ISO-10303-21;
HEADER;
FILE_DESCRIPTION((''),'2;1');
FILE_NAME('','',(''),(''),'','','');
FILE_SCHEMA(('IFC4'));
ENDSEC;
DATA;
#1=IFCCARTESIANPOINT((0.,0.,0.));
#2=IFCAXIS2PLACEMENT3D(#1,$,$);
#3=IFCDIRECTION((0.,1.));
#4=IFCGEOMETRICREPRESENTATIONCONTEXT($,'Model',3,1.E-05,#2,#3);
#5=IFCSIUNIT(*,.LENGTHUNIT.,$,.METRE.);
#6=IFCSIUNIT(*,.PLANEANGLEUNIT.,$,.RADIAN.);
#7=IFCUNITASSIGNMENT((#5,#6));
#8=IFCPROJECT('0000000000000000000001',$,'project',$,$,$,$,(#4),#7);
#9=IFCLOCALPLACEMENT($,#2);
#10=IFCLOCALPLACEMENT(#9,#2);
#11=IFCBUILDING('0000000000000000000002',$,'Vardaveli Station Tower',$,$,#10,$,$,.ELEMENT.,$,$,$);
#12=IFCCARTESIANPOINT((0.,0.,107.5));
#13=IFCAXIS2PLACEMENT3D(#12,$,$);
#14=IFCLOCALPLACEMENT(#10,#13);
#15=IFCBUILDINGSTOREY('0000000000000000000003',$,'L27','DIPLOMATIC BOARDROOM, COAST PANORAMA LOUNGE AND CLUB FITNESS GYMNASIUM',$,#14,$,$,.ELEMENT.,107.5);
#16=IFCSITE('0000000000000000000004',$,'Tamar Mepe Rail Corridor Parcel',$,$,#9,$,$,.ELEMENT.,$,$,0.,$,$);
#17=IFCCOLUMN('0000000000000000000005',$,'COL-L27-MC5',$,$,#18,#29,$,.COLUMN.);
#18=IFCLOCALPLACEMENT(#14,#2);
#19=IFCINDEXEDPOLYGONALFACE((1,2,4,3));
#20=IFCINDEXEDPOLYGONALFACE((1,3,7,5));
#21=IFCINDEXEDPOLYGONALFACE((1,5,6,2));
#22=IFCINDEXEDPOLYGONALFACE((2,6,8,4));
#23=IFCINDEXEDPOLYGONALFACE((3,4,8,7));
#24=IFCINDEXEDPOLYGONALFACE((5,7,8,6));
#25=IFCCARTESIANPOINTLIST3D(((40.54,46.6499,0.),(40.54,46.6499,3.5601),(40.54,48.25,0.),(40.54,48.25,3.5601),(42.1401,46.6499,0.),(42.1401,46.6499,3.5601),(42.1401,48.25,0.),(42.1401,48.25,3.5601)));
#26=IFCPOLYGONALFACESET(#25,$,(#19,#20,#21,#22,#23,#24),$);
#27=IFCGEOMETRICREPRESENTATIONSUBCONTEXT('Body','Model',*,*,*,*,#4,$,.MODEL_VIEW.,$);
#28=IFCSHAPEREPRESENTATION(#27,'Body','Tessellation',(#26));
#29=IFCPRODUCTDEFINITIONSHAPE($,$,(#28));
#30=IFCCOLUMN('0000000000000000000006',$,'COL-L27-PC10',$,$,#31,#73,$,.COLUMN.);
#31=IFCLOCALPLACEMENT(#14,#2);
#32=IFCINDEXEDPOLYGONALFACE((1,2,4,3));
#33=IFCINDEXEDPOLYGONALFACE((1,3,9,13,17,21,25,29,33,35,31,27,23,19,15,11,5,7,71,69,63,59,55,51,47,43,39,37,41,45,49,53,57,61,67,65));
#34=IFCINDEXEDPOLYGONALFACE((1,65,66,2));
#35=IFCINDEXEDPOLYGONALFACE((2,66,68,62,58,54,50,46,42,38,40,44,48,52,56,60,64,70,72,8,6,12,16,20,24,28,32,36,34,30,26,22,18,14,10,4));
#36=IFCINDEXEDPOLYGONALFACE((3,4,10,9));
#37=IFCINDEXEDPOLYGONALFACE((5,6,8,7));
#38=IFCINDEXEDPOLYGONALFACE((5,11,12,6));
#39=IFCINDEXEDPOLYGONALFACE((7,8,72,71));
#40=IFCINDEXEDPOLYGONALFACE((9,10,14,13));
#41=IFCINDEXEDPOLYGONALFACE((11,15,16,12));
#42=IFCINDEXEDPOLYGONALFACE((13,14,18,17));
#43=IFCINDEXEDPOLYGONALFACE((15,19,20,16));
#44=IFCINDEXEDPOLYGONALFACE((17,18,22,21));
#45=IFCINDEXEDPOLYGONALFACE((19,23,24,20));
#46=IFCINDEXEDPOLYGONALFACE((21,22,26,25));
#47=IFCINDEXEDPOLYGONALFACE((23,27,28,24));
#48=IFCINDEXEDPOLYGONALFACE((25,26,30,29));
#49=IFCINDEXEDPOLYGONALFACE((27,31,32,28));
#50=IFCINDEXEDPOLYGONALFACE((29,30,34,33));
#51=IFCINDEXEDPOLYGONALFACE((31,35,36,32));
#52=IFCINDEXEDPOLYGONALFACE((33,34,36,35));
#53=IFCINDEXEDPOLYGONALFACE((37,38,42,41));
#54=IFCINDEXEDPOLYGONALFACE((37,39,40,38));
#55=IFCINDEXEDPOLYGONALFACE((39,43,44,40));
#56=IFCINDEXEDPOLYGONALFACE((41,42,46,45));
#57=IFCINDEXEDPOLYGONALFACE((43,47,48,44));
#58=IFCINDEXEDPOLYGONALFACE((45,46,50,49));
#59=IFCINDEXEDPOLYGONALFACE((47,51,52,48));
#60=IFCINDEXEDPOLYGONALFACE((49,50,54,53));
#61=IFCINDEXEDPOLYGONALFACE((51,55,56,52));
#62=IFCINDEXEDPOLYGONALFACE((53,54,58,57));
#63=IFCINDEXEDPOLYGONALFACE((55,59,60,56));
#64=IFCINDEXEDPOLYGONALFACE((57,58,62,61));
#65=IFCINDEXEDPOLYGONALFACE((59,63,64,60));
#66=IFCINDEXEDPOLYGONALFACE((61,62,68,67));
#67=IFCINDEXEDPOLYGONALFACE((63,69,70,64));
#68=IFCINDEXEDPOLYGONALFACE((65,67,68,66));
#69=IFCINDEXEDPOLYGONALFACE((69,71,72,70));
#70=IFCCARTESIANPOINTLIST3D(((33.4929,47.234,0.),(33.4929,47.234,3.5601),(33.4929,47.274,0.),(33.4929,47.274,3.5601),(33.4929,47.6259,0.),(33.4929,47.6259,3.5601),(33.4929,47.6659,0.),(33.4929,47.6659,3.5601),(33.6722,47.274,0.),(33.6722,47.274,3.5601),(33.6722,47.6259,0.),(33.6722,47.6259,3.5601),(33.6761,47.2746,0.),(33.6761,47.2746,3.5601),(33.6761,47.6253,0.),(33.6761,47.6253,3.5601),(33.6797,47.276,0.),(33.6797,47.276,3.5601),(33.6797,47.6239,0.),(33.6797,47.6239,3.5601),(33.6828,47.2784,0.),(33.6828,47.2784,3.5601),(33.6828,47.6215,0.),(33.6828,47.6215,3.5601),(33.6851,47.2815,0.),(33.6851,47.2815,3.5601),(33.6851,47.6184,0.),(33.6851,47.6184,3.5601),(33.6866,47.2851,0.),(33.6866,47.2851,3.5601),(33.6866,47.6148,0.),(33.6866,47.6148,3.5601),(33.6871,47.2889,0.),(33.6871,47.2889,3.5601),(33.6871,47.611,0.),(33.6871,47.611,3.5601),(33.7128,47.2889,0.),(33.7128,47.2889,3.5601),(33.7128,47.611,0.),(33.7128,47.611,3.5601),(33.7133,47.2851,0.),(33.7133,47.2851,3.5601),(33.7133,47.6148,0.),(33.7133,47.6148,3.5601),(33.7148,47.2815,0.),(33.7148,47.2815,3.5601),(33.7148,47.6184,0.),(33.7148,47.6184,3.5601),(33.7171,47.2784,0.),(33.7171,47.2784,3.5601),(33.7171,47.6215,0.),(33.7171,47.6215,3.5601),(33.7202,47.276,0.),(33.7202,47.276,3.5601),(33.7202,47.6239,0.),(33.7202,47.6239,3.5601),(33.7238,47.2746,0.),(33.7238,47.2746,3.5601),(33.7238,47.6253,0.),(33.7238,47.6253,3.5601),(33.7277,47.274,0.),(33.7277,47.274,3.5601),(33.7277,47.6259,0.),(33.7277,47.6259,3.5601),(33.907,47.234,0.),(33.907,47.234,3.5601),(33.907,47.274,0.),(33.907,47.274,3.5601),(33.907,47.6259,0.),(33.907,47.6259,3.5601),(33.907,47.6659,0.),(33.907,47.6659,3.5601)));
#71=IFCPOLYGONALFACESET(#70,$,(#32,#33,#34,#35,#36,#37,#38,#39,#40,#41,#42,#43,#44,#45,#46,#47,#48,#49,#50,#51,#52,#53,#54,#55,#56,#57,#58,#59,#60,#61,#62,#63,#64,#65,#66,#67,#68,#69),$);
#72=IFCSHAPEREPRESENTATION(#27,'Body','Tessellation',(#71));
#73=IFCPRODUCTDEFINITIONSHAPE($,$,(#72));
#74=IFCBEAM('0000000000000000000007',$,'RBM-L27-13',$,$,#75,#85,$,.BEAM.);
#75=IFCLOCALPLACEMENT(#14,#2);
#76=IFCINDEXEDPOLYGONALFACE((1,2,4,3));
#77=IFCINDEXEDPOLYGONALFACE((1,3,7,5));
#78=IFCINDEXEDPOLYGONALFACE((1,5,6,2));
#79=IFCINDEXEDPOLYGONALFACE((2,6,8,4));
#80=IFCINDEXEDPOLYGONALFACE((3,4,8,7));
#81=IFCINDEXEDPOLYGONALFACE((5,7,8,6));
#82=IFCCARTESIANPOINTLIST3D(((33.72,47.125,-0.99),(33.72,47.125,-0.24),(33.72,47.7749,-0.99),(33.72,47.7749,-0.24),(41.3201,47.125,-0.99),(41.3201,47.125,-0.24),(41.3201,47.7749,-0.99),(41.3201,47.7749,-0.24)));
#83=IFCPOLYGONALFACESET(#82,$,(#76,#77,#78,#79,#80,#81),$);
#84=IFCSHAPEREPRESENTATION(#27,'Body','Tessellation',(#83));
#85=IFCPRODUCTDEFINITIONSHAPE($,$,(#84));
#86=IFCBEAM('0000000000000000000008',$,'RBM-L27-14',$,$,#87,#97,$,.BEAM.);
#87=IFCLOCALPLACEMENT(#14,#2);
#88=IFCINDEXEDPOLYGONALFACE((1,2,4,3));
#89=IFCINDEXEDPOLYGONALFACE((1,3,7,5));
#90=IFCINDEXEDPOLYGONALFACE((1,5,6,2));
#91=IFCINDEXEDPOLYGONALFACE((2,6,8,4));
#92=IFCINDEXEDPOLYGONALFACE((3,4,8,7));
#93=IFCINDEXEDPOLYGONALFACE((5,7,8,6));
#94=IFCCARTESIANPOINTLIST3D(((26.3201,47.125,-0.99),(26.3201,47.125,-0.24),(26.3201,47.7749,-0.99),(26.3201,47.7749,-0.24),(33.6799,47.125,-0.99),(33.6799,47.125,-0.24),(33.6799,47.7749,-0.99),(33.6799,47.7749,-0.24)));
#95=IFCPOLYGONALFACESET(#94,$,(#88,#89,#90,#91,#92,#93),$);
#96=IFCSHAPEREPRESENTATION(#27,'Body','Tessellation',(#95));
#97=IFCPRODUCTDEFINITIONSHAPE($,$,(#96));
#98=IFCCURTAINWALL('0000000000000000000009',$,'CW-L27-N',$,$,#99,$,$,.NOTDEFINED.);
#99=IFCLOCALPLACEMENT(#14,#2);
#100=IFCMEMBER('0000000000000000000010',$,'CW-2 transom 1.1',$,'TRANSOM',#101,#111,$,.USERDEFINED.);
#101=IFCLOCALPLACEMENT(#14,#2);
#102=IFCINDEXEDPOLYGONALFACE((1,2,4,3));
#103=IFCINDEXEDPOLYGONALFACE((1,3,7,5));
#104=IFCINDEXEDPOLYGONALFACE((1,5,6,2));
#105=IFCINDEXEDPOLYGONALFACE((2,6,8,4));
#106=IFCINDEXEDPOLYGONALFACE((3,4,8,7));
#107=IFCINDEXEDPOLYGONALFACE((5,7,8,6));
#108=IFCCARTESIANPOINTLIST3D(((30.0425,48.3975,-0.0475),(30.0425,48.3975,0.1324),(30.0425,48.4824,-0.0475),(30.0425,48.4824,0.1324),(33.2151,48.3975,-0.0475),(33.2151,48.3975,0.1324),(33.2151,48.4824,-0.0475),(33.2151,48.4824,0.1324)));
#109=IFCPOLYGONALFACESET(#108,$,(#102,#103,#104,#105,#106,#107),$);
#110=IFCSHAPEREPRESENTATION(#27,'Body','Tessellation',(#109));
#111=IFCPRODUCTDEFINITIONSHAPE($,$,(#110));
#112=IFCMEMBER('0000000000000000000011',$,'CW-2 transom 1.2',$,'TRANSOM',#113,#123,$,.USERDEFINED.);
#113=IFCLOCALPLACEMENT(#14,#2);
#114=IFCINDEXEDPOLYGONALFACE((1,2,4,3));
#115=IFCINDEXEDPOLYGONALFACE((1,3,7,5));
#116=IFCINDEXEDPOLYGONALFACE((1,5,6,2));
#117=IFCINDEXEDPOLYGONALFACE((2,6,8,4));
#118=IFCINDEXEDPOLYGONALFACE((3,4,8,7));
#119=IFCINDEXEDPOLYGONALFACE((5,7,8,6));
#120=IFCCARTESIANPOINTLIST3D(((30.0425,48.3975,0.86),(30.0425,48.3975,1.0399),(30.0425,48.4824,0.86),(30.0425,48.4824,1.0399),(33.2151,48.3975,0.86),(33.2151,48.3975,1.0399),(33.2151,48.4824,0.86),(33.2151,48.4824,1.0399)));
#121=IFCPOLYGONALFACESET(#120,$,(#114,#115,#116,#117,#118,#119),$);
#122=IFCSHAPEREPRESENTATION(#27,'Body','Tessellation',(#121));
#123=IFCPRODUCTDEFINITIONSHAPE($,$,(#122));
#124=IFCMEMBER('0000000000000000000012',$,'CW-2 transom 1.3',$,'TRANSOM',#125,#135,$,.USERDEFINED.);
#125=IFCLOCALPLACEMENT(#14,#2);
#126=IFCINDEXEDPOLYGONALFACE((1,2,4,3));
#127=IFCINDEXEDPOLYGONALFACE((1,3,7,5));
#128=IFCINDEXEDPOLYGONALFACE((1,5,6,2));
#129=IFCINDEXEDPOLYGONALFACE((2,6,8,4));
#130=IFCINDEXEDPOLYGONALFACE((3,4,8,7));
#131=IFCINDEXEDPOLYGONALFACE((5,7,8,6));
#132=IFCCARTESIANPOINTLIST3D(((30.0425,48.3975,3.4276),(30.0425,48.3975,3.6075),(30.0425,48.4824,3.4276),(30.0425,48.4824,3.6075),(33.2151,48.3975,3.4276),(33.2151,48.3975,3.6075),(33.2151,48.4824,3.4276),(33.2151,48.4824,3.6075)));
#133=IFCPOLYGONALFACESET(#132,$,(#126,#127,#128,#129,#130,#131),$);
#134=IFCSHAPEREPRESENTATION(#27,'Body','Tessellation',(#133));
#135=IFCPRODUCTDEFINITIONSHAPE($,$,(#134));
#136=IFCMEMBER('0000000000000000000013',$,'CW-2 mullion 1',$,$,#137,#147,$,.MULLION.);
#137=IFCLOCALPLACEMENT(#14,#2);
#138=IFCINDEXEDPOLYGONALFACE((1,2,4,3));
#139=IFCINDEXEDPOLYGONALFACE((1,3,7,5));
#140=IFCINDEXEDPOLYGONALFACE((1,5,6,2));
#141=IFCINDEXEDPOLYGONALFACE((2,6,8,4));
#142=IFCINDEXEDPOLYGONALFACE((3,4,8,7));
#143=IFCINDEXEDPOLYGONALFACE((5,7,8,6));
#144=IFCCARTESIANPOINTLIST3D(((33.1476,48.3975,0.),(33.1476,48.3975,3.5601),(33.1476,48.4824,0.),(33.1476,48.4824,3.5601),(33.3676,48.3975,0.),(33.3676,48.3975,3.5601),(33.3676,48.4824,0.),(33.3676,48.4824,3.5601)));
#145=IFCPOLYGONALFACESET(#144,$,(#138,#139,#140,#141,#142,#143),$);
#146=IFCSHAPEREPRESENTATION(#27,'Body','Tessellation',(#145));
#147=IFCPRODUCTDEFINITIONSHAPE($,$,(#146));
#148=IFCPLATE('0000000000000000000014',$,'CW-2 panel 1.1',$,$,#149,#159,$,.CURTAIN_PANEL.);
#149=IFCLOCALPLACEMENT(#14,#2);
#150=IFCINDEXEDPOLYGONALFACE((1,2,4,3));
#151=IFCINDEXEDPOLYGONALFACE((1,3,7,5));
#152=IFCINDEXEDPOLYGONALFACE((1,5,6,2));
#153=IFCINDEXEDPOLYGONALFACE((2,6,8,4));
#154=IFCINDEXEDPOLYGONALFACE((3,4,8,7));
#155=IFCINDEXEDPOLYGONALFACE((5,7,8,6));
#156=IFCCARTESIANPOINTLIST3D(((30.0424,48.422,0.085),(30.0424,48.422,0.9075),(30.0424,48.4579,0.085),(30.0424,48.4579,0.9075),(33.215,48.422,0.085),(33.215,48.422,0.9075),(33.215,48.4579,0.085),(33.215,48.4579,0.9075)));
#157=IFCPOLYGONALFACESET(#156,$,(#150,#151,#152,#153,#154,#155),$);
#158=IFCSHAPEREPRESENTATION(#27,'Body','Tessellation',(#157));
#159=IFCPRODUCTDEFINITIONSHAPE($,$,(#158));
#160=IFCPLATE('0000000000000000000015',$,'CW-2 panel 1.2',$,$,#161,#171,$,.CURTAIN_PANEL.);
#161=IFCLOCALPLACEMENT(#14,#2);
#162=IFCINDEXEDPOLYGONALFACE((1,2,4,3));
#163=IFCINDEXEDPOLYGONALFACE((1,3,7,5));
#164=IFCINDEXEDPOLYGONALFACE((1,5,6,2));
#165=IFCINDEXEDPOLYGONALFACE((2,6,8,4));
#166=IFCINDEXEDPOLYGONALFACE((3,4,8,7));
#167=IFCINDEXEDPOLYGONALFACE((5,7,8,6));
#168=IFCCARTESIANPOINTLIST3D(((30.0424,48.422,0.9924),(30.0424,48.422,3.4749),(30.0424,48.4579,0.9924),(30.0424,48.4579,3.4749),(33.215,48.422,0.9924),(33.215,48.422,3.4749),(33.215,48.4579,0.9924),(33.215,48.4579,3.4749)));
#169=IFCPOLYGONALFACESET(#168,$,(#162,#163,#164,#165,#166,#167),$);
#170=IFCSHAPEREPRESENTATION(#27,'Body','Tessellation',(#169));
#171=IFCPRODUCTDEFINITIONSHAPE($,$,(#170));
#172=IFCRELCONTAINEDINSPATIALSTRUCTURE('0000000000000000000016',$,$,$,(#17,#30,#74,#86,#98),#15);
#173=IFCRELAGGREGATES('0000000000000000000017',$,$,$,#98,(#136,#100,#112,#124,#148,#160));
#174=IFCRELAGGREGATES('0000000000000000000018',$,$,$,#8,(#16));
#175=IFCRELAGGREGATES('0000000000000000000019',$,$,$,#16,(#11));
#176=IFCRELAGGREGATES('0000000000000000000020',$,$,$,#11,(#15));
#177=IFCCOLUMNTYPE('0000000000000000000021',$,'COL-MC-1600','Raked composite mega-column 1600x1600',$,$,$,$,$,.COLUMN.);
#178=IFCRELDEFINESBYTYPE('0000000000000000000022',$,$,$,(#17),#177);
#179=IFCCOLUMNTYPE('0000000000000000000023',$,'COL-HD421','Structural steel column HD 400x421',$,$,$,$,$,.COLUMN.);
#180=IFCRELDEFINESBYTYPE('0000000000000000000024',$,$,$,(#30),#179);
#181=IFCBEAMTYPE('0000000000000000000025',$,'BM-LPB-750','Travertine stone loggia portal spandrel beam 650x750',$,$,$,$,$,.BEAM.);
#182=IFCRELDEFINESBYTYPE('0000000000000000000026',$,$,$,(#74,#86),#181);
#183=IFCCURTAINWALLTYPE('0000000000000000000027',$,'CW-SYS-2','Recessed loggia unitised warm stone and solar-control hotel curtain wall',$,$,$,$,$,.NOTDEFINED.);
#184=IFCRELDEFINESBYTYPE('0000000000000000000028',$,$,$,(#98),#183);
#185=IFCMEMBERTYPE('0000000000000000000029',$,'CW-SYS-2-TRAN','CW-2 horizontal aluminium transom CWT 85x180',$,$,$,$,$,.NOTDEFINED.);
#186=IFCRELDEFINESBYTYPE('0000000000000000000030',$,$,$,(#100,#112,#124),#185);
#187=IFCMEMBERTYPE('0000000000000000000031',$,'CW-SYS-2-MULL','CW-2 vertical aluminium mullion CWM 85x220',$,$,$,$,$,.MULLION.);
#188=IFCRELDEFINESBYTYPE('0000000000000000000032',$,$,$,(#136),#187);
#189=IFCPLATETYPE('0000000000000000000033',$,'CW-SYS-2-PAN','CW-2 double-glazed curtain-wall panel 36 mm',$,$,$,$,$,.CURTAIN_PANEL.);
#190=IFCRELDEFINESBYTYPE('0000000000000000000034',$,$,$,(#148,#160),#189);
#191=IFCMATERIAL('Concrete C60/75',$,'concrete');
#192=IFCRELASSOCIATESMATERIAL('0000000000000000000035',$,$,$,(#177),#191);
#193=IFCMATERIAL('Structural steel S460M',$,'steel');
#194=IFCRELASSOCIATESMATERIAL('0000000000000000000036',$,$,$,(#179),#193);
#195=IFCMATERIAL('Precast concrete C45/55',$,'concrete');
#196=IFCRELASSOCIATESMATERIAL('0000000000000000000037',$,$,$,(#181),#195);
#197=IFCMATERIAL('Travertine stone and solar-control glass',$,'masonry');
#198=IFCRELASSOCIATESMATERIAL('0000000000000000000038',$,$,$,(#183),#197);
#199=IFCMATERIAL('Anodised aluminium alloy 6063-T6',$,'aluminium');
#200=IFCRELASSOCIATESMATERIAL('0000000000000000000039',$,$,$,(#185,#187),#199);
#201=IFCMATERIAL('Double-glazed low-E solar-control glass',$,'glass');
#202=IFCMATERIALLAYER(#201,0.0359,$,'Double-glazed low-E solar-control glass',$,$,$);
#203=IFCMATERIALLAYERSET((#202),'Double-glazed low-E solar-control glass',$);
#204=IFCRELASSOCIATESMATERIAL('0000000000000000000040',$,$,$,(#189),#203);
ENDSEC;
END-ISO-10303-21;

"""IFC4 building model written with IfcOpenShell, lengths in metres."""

from ifc_helpers import new_model, si_unit, direction, frame, origin, origin_2d, place, context, subcontext, project, spatial, rectangle, i_section, extrude, source, transform, mapped, material, layer, layer_set, material_profile, profile_set, type_object, element, aggregate, save


model = new_model("IFC4")

# Units and contexts
model_context = context("Model", 3, precision=1e-05, world=origin(), true_north=direction((0.0, 1.0)))
body_context = subcontext(model_context, "Body", "Model", "MODEL_VIEW")
ifc_project = project(units=[si_unit("LENGTHUNIT", "METRE"), si_unit("PLANEANGLEUNIT", "RADIAN")], contexts=[model_context])

# Site, building, storey
site_placement = place(None, origin())
site = spatial("IfcSite", under=ifc_project, at=site_placement, Name="Tamar Mepe Rail Corridor Parcel", CompositionType="ELEMENT", RefElevation=0.0)
building_placement = place(site_placement, origin())
building = spatial("IfcBuilding", under=site, at=building_placement, Name="Vardaveli Station Tower", CompositionType="ELEMENT")
storey_placement = place(building_placement, frame((0.0, 0.0, 107.5)))
storey = spatial("IfcBuildingStorey", under=building, at=storey_placement, Name="L27", Description="DIPLOMATIC BOARDROOM, COAST PANORAMA LOUNGE AND CLUB FITNESS GYMNASIUM", CompositionType="ELEMENT", Elevation=107.5)

# Columns
ifc_material_1 = material(Name="Concrete C60/75", Category="concrete")
ifc_material_profile_1 = material_profile(ifc_material_1, rectangle(XDim=1.6001, YDim=1.6001, at=origin_2d()), Name="MC 1600x1600")
ifc_profile_set_1 = profile_set([ifc_material_profile_1], Name="Concrete C60/75")
column_type_1 = type_object("IfcColumnType", Name="COL-MC-1600", Description="Raked composite mega-column 1600x1600", PredefinedType="COLUMN", material=ifc_profile_set_1)
shared_shape_1 = source(origin(), body_context, "Body", "SweptSolid", [
    extrude(rectangle(XDim=1.6001, YDim=1.6001, at=origin_2d()), origin(), (0.0, 0.0, 1.0), 3.5601),
])
column_1_placement = place(storey_placement, frame((41.3401, 47.45, 0.0), z_axis=(0.0, 0.0, 1.0), x_axis=(1.0, 0.0, 0.0)))
element("IfcColumn", 1, at=column_1_placement, inside=storey, type_object=column_type_1, Name="COL-L27-MC5", PredefinedType="COLUMN", context=body_context, shape_type="MappedRepresentation", body=[
    mapped(shared_shape_1, transform((0.0, 0.0, 0.0), scale=1.0)),
])
ifc_material_2 = material(Name="Structural steel S460M", Category="steel")
ifc_material_profile_2 = material_profile(ifc_material_2, i_section(OverallWidth=0.4141, OverallDepth=0.4319, WebThickness=0.0256, FlangeThickness=0.04, FilletRadius=0.0149, at=origin_2d()), Name="HD 400x421")
ifc_profile_set_2 = profile_set([ifc_material_profile_2], Name="Structural steel S460M")
column_type_2 = type_object("IfcColumnType", Name="COL-HD421", Description="Structural steel column HD 400x421", PredefinedType="COLUMN", material=ifc_profile_set_2)
shared_shape_2 = source(origin(), body_context, "Body", "SweptSolid", [
    extrude(i_section(OverallWidth=0.4141, OverallDepth=0.4319, WebThickness=0.0256, FlangeThickness=0.04, FilletRadius=0.0149, at=origin_2d()), origin(), (0.0, 0.0, 1.0), 3.5601),
])
column_2_placement = place(storey_placement, frame((33.7, 47.45, 0.0), z_axis=(0.0, 0.0, 1.0), x_axis=(1.0, 0.0, 0.0)))
element("IfcColumn", 2, at=column_2_placement, inside=storey, type_object=column_type_2, Name="COL-L27-PC10", PredefinedType="COLUMN", context=body_context, shape_type="MappedRepresentation", body=[
    mapped(shared_shape_2, transform((0.0, 0.0, 0.0), scale=1.0)),
])

# Beams
ifc_material_3 = material(Name="Precast concrete C45/55", Category="concrete")
ifc_material_profile_3 = material_profile(ifc_material_3, rectangle(XDim=0.6499, YDim=0.75, at=origin_2d()), Name="LPB 650x750")
ifc_profile_set_3 = profile_set([ifc_material_profile_3], Name="Precast concrete C45/55")
beam_type = type_object("IfcBeamType", Name="BM-LPB-750", Description="Travertine stone loggia portal spandrel beam 650x750", PredefinedType="BEAM", material=ifc_profile_set_3)
shared_shape_3 = source(origin(), body_context, "Body", "SweptSolid", [
    extrude(rectangle(XDim=0.6499, YDim=0.75, at=origin_2d()), origin(), (0.0, 0.0, 1.0), 7.6001),
])
beam_1_placement = place(storey_placement, frame((41.3201, 47.45, -0.615), z_axis=(-1.0, 0.0, 0.0), x_axis=(0.0, -1.0, 0.0)))
element("IfcBeam", 3, at=beam_1_placement, inside=storey, type_object=beam_type, Name="RBM-L27-13", PredefinedType="BEAM", context=body_context, shape_type="MappedRepresentation", body=[
    mapped(shared_shape_3, transform((0.0, 0.0, 0.0), scale=1.0)),
])
shared_shape_4 = source(origin(), body_context, "Body", "SweptSolid", [
    extrude(rectangle(XDim=0.6499, YDim=0.75, at=origin_2d()), origin(), (0.0, 0.0, 1.0), 7.3599),
])
beam_2_placement = place(storey_placement, frame((33.6799, 47.45, -0.615), z_axis=(-1.0, 0.0, 0.0), x_axis=(0.0, -1.0, 0.0)))
element("IfcBeam", 4, at=beam_2_placement, inside=storey, type_object=beam_type, Name="RBM-L27-14", PredefinedType="BEAM", context=body_context, shape_type="MappedRepresentation", body=[
    mapped(shared_shape_4, transform((0.0, 0.0, 0.0), scale=1.0)),
])

# Curtain wall, members, plates
ifc_material_4 = material(Name="Travertine stone and solar-control glass", Category="masonry")
curtain_wall_type = type_object("IfcCurtainWallType", Name="CW-SYS-2", Description="Recessed loggia unitised warm stone and solar-control hotel curtain wall", PredefinedType="NOTDEFINED", material=ifc_material_4)
curtain_wall_placement = place(storey_placement, origin())
curtain_wall = element("IfcCurtainWall", 5, at=curtain_wall_placement, inside=storey, type_object=curtain_wall_type, Name="CW-L27-N", PredefinedType="NOTDEFINED")
ifc_material_5 = material(Name="Anodised aluminium alloy 6063-T6", Category="aluminium")
ifc_material_profile_4 = material_profile(ifc_material_5, rectangle(XDim=0.085, YDim=0.1799, at=origin_2d()), Name="CWT 85x180")
ifc_profile_set_4 = profile_set([ifc_material_profile_4], Name="Anodised aluminium alloy 6063-T6")
member_type_1 = type_object("IfcMemberType", Name="CW-SYS-2-TRAN", Description="CW-2 horizontal aluminium transom CWT 85x180", PredefinedType="NOTDEFINED", material=ifc_profile_set_4)
shared_shape_5 = source(origin(), body_context, "Body", "SweptSolid", [
    extrude(rectangle(XDim=0.085, YDim=0.1799, at=origin_2d()), origin(), (0.0, 0.0, 1.0), 3.1726),
])
member_1_placement = place(storey_placement, frame((33.2151, 48.4399, 0.0425), z_axis=(-1.0, 0.0, 0.0), x_axis=(0.0, -1.0, 0.0)))
member_1 = element("IfcMember", 6, at=member_1_placement, type_object=member_type_1, Name="CW-2 transom 1.1", ObjectType="TRANSOM", PredefinedType="USERDEFINED", context=body_context, shape_type="MappedRepresentation", body=[
    mapped(shared_shape_5, transform((0.0, 0.0, 0.0), scale=1.0)),
])
member_2_placement = place(storey_placement, frame((33.2151, 48.4399, 0.95), z_axis=(-1.0, 0.0, 0.0), x_axis=(0.0, -1.0, 0.0)))
member_2 = element("IfcMember", 7, at=member_2_placement, type_object=member_type_1, Name="CW-2 transom 1.2", ObjectType="TRANSOM", PredefinedType="USERDEFINED", context=body_context, shape_type="MappedRepresentation", body=[
    mapped(shared_shape_5, transform((0.0, 0.0, 0.0), scale=1.0)),
])
member_3_placement = place(storey_placement, frame((33.2151, 48.4399, 3.5176), z_axis=(-1.0, 0.0, 0.0), x_axis=(0.0, -1.0, 0.0)))
member_3 = element("IfcMember", 8, at=member_3_placement, type_object=member_type_1, Name="CW-2 transom 1.3", ObjectType="TRANSOM", PredefinedType="USERDEFINED", context=body_context, shape_type="MappedRepresentation", body=[
    mapped(shared_shape_5, transform((0.0, 0.0, 0.0), scale=1.0)),
])
ifc_material_profile_5 = material_profile(ifc_material_5, rectangle(XDim=0.085, YDim=0.22, at=origin_2d()), Name="CWM 85x220")
ifc_profile_set_5 = profile_set([ifc_material_profile_5], Name="Anodised aluminium alloy 6063-T6")
member_type_2 = type_object("IfcMemberType", Name="CW-SYS-2-MULL", Description="CW-2 vertical aluminium mullion CWM 85x220", PredefinedType="MULLION", material=ifc_profile_set_5)
shared_shape_6 = source(origin(), body_context, "Body", "SweptSolid", [
    extrude(rectangle(XDim=0.085, YDim=0.22, at=origin_2d()), origin(), (0.0, 0.0, 1.0), 3.5601),
])
member_4_placement = place(storey_placement, frame((33.2576, 48.4399, 0.0), z_axis=(0.0, 0.0, 1.0), x_axis=(0.0, -1.0, 0.0)))
member_4 = element("IfcMember", 9, at=member_4_placement, type_object=member_type_2, Name="CW-2 mullion 1", PredefinedType="MULLION", context=body_context, shape_type="MappedRepresentation", body=[
    mapped(shared_shape_6, transform((0.0, 0.0, 0.0), scale=1.0)),
])
ifc_material_6 = material(Name="Double-glazed low-E solar-control glass", Category="glass")
ifc_layer_1 = layer(ifc_material_6, 0.0359, Name="Double-glazed low-E solar-control glass")
ifc_layer_set_1 = layer_set([ifc_layer_1], Name="Double-glazed low-E solar-control glass")
plate_type = type_object("IfcPlateType", Name="CW-SYS-2-PAN", Description="CW-2 double-glazed curtain-wall panel 36 mm", PredefinedType="CURTAIN_PANEL", material=ifc_layer_set_1)
shared_shape_7 = source(origin(), body_context, "Body", "SweptSolid", [
    extrude(rectangle(XDim=3.1726, YDim=0.0359, at=origin_2d()), origin(), (0.0, 0.0, 1.0), 0.8225),
])
plate_1_placement = place(storey_placement, frame((31.6287, 48.4399, 0.085), z_axis=(0.0, 0.0, 1.0), x_axis=(-1.0, 0.0, 0.0)))
plate_1 = element("IfcPlate", 10, at=plate_1_placement, type_object=plate_type, Name="CW-2 panel 1.1", PredefinedType="CURTAIN_PANEL", context=body_context, shape_type="MappedRepresentation", body=[
    mapped(shared_shape_7, transform((0.0, 0.0, 0.0), scale=1.0)),
])
shared_shape_8 = source(origin(), body_context, "Body", "SweptSolid", [
    extrude(rectangle(XDim=3.1726, YDim=0.0359, at=origin_2d()), origin(), (0.0, 0.0, 1.0), 2.4824),
])
plate_2_placement = place(storey_placement, frame((31.6287, 48.4399, 0.9924), z_axis=(0.0, 0.0, 1.0), x_axis=(-1.0, 0.0, 0.0)))
plate_2 = element("IfcPlate", 11, at=plate_2_placement, type_object=plate_type, Name="CW-2 panel 1.2", PredefinedType="CURTAIN_PANEL", context=body_context, shape_type="MappedRepresentation", body=[
    mapped(shared_shape_8, transform((0.0, 0.0, 0.0), scale=1.0)),
])
aggregate(curtain_wall, [member_4, member_1, member_2, member_3, plate_1, plate_2])

save(model, "model.ifc")
